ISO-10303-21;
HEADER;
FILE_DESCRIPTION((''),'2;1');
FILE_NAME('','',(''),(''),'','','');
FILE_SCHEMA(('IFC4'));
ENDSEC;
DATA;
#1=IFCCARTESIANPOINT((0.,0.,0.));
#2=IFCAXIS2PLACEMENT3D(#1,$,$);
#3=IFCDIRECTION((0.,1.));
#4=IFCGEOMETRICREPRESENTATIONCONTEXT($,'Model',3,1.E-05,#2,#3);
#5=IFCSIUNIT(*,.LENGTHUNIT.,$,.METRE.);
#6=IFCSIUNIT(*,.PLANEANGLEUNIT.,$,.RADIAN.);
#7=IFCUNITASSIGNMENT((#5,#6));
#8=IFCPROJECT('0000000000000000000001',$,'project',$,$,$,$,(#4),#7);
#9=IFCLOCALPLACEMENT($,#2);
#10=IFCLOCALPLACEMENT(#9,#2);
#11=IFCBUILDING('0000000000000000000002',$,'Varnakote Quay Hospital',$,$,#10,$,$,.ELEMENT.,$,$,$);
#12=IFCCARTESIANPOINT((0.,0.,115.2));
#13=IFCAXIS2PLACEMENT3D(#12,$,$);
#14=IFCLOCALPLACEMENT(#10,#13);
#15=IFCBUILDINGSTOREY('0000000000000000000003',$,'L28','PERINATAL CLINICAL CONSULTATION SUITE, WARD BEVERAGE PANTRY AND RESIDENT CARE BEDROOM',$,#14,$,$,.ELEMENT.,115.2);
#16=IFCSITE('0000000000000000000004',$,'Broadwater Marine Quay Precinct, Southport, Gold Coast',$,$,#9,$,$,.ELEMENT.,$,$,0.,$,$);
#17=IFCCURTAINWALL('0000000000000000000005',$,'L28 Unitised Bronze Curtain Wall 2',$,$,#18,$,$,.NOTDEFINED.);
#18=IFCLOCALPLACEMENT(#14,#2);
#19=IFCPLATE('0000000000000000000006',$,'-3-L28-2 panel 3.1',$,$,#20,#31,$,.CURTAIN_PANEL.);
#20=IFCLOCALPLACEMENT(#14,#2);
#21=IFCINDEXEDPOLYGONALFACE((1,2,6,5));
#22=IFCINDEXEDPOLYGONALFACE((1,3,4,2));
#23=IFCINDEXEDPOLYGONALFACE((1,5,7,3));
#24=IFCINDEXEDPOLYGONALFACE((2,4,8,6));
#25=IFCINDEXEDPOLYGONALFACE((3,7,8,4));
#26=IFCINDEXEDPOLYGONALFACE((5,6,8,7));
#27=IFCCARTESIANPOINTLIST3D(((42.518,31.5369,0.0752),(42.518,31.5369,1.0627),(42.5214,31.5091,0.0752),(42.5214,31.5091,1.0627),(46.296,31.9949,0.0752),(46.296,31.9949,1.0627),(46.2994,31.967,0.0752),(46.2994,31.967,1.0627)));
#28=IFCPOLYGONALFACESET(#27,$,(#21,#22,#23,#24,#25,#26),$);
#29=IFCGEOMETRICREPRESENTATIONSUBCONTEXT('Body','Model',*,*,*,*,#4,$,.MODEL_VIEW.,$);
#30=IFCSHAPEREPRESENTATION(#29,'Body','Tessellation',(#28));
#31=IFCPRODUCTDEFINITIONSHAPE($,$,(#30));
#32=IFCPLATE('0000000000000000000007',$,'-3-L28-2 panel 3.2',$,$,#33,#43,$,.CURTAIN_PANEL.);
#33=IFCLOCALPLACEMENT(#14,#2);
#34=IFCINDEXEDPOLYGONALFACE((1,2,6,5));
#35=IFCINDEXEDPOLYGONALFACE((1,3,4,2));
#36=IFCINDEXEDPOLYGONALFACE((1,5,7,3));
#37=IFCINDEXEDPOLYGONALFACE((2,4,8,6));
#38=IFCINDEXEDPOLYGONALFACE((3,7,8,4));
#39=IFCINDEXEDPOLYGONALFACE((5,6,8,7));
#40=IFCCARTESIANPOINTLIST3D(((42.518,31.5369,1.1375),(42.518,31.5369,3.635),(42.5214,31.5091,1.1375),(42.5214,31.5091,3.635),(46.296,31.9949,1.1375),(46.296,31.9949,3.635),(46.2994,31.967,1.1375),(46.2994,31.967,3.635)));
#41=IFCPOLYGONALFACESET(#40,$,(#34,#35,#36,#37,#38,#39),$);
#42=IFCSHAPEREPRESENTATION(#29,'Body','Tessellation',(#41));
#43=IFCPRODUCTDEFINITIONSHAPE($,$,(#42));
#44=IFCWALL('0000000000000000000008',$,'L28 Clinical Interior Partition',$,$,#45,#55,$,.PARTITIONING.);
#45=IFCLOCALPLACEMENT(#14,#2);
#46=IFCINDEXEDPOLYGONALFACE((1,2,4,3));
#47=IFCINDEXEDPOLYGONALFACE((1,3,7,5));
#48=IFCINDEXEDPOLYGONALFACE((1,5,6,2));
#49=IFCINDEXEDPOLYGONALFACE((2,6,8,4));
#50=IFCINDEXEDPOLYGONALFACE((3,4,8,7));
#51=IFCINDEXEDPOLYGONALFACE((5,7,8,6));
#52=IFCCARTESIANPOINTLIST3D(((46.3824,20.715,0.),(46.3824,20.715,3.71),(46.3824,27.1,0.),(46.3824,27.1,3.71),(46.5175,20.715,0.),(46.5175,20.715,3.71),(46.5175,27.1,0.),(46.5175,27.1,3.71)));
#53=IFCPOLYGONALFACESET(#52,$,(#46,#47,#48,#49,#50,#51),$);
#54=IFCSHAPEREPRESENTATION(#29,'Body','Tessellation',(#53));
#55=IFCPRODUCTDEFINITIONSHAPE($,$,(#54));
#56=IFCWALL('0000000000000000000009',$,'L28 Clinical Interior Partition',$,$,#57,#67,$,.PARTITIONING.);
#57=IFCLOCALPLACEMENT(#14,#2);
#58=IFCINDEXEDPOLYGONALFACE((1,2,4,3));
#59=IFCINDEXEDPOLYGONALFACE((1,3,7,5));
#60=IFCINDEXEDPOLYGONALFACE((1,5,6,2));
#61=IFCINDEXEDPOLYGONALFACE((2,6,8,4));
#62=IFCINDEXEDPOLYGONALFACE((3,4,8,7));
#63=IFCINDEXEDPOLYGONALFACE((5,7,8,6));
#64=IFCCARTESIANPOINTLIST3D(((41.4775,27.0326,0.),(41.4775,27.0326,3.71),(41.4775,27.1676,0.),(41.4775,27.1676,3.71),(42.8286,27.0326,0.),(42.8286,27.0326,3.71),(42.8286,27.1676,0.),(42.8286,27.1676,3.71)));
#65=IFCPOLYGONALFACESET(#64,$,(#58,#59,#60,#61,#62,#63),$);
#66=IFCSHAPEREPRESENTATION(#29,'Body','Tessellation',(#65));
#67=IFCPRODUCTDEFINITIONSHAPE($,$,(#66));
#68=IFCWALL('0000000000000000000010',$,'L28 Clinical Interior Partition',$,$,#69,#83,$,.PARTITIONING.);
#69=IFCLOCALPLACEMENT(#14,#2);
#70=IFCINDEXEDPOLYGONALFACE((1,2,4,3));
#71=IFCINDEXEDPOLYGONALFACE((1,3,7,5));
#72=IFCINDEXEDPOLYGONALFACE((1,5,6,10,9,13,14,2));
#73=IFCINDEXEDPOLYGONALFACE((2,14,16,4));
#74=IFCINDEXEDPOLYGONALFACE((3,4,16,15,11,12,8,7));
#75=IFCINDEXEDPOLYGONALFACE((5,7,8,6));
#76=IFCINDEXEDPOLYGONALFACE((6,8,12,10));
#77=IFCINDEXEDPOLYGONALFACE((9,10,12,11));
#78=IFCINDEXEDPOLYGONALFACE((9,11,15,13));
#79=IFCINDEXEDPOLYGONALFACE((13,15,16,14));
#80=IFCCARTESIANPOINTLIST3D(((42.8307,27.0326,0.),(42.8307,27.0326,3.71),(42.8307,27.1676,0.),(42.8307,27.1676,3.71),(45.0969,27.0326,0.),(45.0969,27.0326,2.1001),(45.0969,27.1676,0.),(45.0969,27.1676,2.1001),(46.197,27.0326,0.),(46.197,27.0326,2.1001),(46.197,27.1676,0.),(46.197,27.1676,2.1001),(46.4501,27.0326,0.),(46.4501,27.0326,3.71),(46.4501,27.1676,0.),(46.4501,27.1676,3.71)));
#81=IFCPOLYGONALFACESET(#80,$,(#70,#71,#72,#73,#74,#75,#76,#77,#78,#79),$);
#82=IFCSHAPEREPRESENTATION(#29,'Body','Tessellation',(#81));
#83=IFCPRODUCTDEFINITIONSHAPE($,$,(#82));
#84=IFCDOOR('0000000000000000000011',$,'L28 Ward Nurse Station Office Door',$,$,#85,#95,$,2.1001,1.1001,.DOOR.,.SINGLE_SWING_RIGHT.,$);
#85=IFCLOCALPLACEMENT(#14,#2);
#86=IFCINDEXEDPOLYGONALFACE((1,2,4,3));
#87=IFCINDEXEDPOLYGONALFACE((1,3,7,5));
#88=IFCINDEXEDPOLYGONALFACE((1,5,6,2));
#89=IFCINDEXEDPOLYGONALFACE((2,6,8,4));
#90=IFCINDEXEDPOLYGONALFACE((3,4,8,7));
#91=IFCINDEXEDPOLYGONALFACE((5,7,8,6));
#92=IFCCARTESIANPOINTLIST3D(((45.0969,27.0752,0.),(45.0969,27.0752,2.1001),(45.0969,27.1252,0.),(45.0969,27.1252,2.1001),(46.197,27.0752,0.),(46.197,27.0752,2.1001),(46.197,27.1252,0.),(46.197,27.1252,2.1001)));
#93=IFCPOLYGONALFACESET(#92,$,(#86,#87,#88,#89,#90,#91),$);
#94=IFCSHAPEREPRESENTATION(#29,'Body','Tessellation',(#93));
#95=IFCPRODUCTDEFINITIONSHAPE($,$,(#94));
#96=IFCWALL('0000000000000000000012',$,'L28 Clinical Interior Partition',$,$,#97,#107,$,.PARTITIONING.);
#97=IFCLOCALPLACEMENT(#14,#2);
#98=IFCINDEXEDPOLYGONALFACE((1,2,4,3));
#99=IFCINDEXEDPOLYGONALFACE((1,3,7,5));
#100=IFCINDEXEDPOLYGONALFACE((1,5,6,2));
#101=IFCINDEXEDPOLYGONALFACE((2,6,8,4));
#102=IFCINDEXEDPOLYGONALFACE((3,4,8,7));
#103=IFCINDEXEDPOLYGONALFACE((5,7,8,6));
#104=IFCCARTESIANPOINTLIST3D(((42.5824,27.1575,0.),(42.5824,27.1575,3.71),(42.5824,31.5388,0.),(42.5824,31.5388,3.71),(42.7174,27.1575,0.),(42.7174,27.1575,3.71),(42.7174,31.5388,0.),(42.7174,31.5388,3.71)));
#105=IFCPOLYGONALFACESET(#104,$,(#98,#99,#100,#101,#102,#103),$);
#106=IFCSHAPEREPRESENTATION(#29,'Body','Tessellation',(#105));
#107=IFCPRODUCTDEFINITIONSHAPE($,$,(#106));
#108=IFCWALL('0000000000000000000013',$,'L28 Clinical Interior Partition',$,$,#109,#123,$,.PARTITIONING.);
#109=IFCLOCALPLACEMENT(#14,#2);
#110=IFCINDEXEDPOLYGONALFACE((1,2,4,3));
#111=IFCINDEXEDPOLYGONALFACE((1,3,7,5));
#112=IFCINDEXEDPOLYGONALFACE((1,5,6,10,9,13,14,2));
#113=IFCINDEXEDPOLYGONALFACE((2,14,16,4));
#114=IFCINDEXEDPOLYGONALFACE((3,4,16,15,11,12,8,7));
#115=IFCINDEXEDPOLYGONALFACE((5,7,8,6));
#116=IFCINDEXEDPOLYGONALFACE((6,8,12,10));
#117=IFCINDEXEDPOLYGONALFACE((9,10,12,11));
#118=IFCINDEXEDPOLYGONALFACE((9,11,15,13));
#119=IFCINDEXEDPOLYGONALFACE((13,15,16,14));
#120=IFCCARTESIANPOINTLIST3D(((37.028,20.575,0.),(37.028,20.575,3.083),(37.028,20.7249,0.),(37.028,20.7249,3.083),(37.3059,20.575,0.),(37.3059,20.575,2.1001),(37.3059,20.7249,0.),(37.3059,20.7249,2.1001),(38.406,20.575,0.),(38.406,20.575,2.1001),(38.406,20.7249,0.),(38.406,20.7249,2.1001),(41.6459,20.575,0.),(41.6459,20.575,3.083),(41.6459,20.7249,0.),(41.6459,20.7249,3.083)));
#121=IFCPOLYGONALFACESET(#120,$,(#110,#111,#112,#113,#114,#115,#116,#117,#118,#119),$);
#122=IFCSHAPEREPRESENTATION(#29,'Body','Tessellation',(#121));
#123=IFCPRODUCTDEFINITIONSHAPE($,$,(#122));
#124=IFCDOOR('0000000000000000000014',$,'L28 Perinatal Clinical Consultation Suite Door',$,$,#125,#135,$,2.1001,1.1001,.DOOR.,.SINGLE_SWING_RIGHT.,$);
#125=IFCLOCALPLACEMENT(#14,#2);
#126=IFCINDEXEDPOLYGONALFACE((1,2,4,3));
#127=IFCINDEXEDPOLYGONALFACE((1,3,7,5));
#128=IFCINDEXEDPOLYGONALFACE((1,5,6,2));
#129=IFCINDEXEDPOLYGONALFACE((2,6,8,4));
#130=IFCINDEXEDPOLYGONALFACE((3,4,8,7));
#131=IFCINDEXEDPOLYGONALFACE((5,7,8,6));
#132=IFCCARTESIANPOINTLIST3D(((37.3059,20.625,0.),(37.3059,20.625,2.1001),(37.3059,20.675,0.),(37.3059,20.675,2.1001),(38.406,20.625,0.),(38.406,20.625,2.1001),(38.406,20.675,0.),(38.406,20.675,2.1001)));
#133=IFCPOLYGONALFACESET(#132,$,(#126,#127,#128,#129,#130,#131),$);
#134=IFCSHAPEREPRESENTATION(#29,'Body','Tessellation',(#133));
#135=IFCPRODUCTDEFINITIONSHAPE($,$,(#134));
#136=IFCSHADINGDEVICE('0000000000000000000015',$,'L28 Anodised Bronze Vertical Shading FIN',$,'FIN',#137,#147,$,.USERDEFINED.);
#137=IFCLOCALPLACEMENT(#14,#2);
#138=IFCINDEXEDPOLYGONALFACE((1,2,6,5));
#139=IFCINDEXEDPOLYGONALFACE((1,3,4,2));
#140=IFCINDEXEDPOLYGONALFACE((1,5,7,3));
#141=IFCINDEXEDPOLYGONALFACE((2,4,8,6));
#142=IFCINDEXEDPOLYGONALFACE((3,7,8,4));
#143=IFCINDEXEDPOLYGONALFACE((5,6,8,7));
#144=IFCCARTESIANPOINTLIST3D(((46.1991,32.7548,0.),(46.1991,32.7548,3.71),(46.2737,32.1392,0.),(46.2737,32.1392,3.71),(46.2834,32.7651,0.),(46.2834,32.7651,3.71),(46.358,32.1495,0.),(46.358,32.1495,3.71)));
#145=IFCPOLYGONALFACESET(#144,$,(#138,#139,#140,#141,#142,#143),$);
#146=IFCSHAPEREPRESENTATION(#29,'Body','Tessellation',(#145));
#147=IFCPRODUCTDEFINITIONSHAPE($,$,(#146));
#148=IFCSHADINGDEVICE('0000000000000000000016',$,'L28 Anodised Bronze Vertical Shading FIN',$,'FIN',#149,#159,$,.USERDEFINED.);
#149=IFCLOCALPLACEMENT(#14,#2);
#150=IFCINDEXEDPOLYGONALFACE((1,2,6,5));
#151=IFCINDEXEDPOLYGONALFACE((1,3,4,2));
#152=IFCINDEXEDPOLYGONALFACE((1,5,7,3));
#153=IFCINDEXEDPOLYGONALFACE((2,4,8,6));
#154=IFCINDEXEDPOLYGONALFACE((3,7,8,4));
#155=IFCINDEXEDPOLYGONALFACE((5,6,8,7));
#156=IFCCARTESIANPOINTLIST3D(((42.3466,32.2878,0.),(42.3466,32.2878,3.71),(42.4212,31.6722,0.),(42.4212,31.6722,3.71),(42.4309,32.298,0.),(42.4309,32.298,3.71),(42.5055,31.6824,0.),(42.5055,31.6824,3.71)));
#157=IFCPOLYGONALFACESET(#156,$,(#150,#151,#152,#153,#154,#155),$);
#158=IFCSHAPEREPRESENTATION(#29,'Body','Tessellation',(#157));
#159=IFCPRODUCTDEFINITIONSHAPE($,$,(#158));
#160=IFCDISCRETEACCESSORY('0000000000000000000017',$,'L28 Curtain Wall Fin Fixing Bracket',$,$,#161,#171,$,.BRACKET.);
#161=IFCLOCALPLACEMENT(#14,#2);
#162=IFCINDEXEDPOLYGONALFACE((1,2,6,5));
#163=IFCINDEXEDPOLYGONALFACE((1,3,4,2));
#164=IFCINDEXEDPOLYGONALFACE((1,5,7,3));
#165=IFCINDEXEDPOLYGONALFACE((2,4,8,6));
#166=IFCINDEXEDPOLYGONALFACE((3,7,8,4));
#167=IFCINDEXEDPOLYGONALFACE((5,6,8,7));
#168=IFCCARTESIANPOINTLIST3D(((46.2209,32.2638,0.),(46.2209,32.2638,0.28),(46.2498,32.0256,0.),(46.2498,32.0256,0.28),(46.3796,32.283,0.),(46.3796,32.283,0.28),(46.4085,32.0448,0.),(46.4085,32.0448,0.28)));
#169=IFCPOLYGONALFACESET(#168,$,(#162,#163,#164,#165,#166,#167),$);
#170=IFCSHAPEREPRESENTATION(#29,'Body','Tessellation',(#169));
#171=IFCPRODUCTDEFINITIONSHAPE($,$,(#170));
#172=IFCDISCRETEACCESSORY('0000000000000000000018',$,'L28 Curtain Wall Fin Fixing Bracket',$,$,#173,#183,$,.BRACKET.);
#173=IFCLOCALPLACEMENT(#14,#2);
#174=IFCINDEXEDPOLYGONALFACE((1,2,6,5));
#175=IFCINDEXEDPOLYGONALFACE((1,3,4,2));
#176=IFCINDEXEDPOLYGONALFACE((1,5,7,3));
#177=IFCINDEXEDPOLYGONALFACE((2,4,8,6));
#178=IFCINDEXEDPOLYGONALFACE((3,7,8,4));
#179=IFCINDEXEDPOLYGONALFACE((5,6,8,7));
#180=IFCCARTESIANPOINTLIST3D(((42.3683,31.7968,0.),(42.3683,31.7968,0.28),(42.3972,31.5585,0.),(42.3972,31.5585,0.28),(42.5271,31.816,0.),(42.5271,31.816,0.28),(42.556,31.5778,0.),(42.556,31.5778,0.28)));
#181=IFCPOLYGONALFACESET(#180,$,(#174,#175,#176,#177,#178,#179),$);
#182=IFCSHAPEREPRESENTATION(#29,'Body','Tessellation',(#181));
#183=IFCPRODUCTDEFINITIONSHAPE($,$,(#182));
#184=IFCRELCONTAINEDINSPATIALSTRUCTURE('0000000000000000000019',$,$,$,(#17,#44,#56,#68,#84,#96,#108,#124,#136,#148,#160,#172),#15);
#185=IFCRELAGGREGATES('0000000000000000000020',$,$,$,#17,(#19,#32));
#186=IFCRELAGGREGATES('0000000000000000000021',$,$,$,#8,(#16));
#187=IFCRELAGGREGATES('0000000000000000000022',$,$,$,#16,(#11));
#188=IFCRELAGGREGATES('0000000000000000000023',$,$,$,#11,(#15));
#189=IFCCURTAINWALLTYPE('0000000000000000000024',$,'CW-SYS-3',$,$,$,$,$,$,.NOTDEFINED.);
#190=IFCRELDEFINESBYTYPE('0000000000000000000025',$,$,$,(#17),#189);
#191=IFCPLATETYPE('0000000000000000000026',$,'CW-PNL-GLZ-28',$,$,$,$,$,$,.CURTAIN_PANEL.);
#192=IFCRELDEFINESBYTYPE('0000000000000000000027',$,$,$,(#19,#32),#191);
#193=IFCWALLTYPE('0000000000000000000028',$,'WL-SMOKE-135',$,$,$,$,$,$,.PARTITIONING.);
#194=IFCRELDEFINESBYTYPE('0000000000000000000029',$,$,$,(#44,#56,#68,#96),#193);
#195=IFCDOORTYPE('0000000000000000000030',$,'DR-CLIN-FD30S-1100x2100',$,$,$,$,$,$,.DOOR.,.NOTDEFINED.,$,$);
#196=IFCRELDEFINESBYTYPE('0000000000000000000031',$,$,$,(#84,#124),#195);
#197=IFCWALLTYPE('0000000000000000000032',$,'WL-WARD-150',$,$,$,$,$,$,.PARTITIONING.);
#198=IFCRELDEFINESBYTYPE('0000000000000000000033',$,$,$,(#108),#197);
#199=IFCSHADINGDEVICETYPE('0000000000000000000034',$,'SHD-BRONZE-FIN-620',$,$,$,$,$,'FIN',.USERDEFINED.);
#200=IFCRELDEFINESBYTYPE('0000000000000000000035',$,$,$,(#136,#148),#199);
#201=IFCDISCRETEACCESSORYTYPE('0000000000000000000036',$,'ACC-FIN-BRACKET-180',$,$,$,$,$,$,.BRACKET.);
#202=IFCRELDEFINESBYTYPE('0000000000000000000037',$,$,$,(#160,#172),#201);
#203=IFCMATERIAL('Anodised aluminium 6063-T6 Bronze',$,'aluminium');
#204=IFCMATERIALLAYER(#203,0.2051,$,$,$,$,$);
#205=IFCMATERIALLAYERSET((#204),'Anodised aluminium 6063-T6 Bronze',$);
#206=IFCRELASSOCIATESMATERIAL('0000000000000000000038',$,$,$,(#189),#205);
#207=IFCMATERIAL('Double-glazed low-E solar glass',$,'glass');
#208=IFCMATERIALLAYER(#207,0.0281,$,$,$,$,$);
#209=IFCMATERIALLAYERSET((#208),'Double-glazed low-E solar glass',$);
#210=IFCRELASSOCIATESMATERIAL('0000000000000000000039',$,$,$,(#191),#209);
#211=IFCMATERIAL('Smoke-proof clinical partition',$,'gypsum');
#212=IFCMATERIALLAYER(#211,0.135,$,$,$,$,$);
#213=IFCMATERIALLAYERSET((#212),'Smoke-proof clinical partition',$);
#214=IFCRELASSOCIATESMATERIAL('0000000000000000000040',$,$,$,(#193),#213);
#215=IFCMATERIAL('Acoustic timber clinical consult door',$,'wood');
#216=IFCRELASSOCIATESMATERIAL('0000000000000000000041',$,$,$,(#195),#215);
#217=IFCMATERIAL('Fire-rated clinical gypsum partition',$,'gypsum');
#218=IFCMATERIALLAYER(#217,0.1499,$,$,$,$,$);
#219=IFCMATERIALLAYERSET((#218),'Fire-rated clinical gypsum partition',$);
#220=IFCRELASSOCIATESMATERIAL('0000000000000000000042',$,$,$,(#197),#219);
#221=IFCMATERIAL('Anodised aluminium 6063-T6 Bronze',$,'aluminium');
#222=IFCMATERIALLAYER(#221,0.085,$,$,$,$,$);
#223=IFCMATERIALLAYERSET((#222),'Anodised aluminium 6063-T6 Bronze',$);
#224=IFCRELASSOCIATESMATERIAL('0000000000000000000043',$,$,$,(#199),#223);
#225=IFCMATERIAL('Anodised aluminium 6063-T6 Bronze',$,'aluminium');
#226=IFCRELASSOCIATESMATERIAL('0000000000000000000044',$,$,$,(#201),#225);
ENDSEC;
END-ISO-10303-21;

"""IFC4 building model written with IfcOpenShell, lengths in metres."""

from ifc_helpers import new_model, si_unit, direction, frame, frame_2d, origin, origin_2d, place, context, subcontext, project, spatial, rectangle, extrude, material, layer, layer_set, type_object, element, fill, aggregate, save


model = new_model("IFC4")

# Units and contexts
model_context = context("Model", 3, precision=1e-05, world=origin(), true_north=direction((0.0, 1.0)))
body_context = subcontext(model_context, "Body", "Model", "MODEL_VIEW")
ifc_project = project(units=[si_unit("LENGTHUNIT", "METRE"), si_unit("PLANEANGLEUNIT", "RADIAN")], contexts=[model_context])

# Site, building, storey
site_placement = place(None, origin())
site = spatial("IfcSite", under=ifc_project, at=site_placement, Name="Broadwater Marine Quay Precinct, Southport, Gold Coast", CompositionType="ELEMENT", RefElevation=0.0)
building_placement = place(site_placement, origin())
building = spatial("IfcBuilding", under=site, at=building_placement, Name="Varnakote Quay Hospital", CompositionType="ELEMENT")
storey_placement = place(building_placement, frame((0.0, 0.0, 115.2)))
storey = spatial("IfcBuildingStorey", under=building, at=storey_placement, Name="L28", Description="PERINATAL CLINICAL CONSULTATION SUITE, WARD BEVERAGE PANTRY AND RESIDENT CARE BEDROOM", CompositionType="ELEMENT", Elevation=115.2)

# Curtain wall
ifc_material_1 = material(Name="Anodised aluminium 6063-T6 Bronze", Category="aluminium")
ifc_layer_1 = layer(ifc_material_1, 0.2051)
ifc_layer_set_1 = layer_set([ifc_layer_1], Name="Anodised aluminium 6063-T6 Bronze")
curtain_wall_type = type_object("IfcCurtainWallType", Name="CW-SYS-3", PredefinedType="NOTDEFINED", material=ifc_layer_set_1)
curtain_wall_placement = place(storey_placement, origin())
curtain_wall = element("IfcCurtainWall", 1, at=curtain_wall_placement, inside=storey, type_object=curtain_wall_type, Name="L28 Unitised Bronze Curtain Wall 2", PredefinedType="NOTDEFINED")

# Plates
ifc_material_2 = material(Name="Double-glazed low-E solar glass", Category="glass")
ifc_layer_2 = layer(ifc_material_2, 0.0281)
ifc_layer_set_2 = layer_set([ifc_layer_2], Name="Double-glazed low-E solar glass")
plate_type = type_object("IfcPlateType", Name="CW-PNL-GLZ-28", PredefinedType="CURTAIN_PANEL", material=ifc_layer_set_2)
plate_1_placement = place(storey_placement, frame((44.4087, 31.752, 0.0752), z_axis=(0.0, 0.0, 1.0), x_axis=(-0.992734, -0.120327, 0.0)))
plate_1 = element("IfcPlate", 2, at=plate_1_placement, type_object=plate_type, Name="-3-L28-2 panel 3.1", PredefinedType="CURTAIN_PANEL", context=body_context, shape_type="SweptSolid", body=[
    extrude(rectangle(XDim=3.8057, YDim=0.0281, at=origin_2d()), origin(), (0.0, 0.0, 1.0), 0.9875),
])
plate_2_placement = place(storey_placement, frame((44.4087, 31.752, 1.1375), z_axis=(0.0, 0.0, 1.0), x_axis=(-0.992734, -0.120327, 0.0)))
plate_2 = element("IfcPlate", 3, at=plate_2_placement, type_object=plate_type, Name="-3-L28-2 panel 3.2", PredefinedType="CURTAIN_PANEL", context=body_context, shape_type="SweptSolid", body=[
    extrude(rectangle(XDim=3.8057, YDim=0.0281, at=origin_2d()), origin(), (0.0, 0.0, 1.0), 2.4976),
])
aggregate(curtain_wall, [plate_1, plate_2])

# Walls
ifc_material_3 = material(Name="Smoke-proof clinical partition", Category="gypsum")
ifc_layer_3 = layer(ifc_material_3, 0.135)
ifc_layer_set_3 = layer_set([ifc_layer_3], Name="Smoke-proof clinical partition")
wall_type_1 = type_object("IfcWallType", Name="WL-SMOKE-135", PredefinedType="PARTITIONING", material=ifc_layer_set_3)
wall_1_placement = place(storey_placement, frame((46.45, 20.7151, 0.0), z_axis=(0.0, 0.0, 1.0), x_axis=(0.0, 1.0, 0.0)))
element("IfcWall", 4, at=wall_1_placement, inside=storey, type_object=wall_type_1, Name="L28 Clinical Interior Partition", PredefinedType="PARTITIONING", context=body_context, shape_type="SweptSolid", body=[
    extrude(rectangle(XDim=6.385, YDim=0.135, at=frame_2d((3.1924, 0.0))), origin(), (0.0, 0.0, 1.0), 3.71),
])
wall_2_placement = place(storey_placement, frame((42.8286, 27.1001, 0.0), z_axis=(0.0, 0.0, 1.0), x_axis=(-1.0, 0.0, 0.0)))
element("IfcWall", 5, at=wall_2_placement, inside=storey, type_object=wall_type_1, Name="L28 Clinical Interior Partition", PredefinedType="PARTITIONING", context=body_context, shape_type="SweptSolid", body=[
    extrude(rectangle(XDim=1.3511, YDim=0.135, at=frame_2d((0.6755, 0.0))), origin(), (0.0, 0.0, 1.0), 3.71),
])

# Wall, opening, door
wall_3_placement = place(storey_placement, frame((46.45, 27.1001, 0.0), z_axis=(0.0, 0.0, 1.0), x_axis=(-1.0, 0.0, 0.0)))
wall_3 = element("IfcWall", 6, at=wall_3_placement, inside=storey, type_object=wall_type_1, Name="L28 Clinical Interior Partition", PredefinedType="PARTITIONING", context=body_context, shape_type="SweptSolid", body=[
    extrude(rectangle(XDim=3.6194, YDim=0.135, at=frame_2d((1.8096, 0.0))), origin(), (0.0, 0.0, 1.0), 3.71),
])
opening_1_placement = place(wall_3_placement, frame((0.2529, 0.0, 0.0)))
opening_1 = element("IfcOpeningElement", 7, at=opening_1_placement, cuts=wall_3, PredefinedType="OPENING", context=body_context, shape_type="SweptSolid", body=[
    extrude(rectangle(XDim=1.1001, YDim=2.1001, at=frame_2d((0.55, 1.05))), frame((0.0, 0.0774, 0.0), z_axis=(0.0, -1.0, 0.0), x_axis=(1.0, 0.0, 0.0)), (0.0, 0.0, 1.0), 0.155),
])
ifc_material_4 = material(Name="Acoustic timber clinical consult door", Category="wood")
door_type = type_object("IfcDoorType", Name="DR-CLIN-FD30S-1100x2100", OperationType="NOTDEFINED", PredefinedType="DOOR", material=ifc_material_4)
door_1_placement = place(opening_1_placement, origin())
door_1 = element("IfcDoor", 8, at=door_1_placement, inside=storey, type_object=door_type, Name="L28 Ward Nurse Station Office Door", OperationType="SINGLE_SWING_RIGHT", OverallHeight=2.1001, OverallWidth=1.1001, PredefinedType="DOOR", context=body_context, shape_type="SweptSolid", body=[
    extrude(rectangle(XDim=1.1001, YDim=2.1001, at=frame_2d((0.55, 1.05))), frame((0.0, 0.0249, 0.0), z_axis=(0.0, -1.0, 0.0), x_axis=(1.0, 0.0, 0.0)), (0.0, 0.0, 1.0), 0.05),
])
fill(opening_1, door_1)

# Wall
wall_4_placement = place(storey_placement, frame((42.6499, 27.1575, 0.0), z_axis=(0.0, 0.0, 1.0), x_axis=(0.0, 1.0, 0.0)))
element("IfcWall", 9, at=wall_4_placement, inside=storey, type_object=wall_type_1, Name="L28 Clinical Interior Partition", PredefinedType="PARTITIONING", context=body_context, shape_type="SweptSolid", body=[
    extrude(rectangle(XDim=4.3813, YDim=0.135, at=frame_2d((2.1907, 0.0))), origin(), (0.0, 0.0, 1.0), 3.71),
])

# Wall, opening, door
ifc_material_5 = material(Name="Fire-rated clinical gypsum partition", Category="gypsum")
ifc_layer_4 = layer(ifc_material_5, 0.1499)
ifc_layer_set_4 = layer_set([ifc_layer_4], Name="Fire-rated clinical gypsum partition")
wall_type_2 = type_object("IfcWallType", Name="WL-WARD-150", PredefinedType="PARTITIONING", material=ifc_layer_set_4)
wall_5_placement = place(storey_placement, frame((41.646, 20.6499, 0.0), z_axis=(0.0, 0.0, 1.0), x_axis=(-1.0, 0.0, 0.0)))
wall_5 = element("IfcWall", 10, at=wall_5_placement, inside=storey, type_object=wall_type_2, Name="L28 Clinical Interior Partition", PredefinedType="PARTITIONING", context=body_context, shape_type="SweptSolid", body=[
    extrude(rectangle(XDim=4.6179, YDim=0.1499, at=frame_2d((2.3091, 0.0))), origin(), (0.0, 0.0, 1.0), 3.083),
])
opening_2_placement = place(wall_5_placement, frame((3.24, 0.0, 0.0)))
opening_2 = element("IfcOpeningElement", 11, at=opening_2_placement, cuts=wall_5, PredefinedType="OPENING", context=body_context, shape_type="SweptSolid", body=[
    extrude(rectangle(XDim=1.1001, YDim=2.1001, at=frame_2d((0.55, 1.05))), frame((0.0, 0.085, 0.0), z_axis=(0.0, -1.0, 0.0), x_axis=(1.0, 0.0, 0.0)), (0.0, 0.0, 1.0), 0.1699),
])
door_2_placement = place(opening_2_placement, origin())
door_2 = element("IfcDoor", 12, at=door_2_placement, inside=storey, type_object=door_type, Name="L28 Perinatal Clinical Consultation Suite Door", OperationType="SINGLE_SWING_RIGHT", OverallHeight=2.1001, OverallWidth=1.1001, PredefinedType="DOOR", context=body_context, shape_type="SweptSolid", body=[
    extrude(rectangle(XDim=1.1001, YDim=2.1001, at=frame_2d((0.55, 1.05))), frame((0.0, 0.0249, 0.0), z_axis=(0.0, -1.0, 0.0), x_axis=(1.0, 0.0, 0.0)), (0.0, 0.0, 1.0), 0.05),
])
fill(opening_2, door_2)

# Shading devices
ifc_material_6 = material(Name="Anodised aluminium 6063-T6 Bronze", Category="aluminium")
ifc_layer_5 = layer(ifc_material_6, 0.085)
ifc_layer_set_5 = layer_set([ifc_layer_5], Name="Anodised aluminium 6063-T6 Bronze")
shading_device_type = type_object("IfcShadingDeviceType", Name="SHD-BRONZE-FIN-620", ElementType="FIN", PredefinedType="USERDEFINED", material=ifc_layer_set_5)
for number, where, z_axis, x_axis, name in (
    (13, (46.2786, 32.4521, 0.0), (0.0, 0.0, 1.0), (0.12031, -0.992736, 0.0), "L28 Anodised Bronze Vertical Shading FIN"),
    (14, (42.426, 31.9851, 0.0), (0.0, 0.0, 1.0), (0.12031, -0.992736, 0.0), "L28 Anodised Bronze Vertical Shading FIN"),
):
    element("IfcShadingDevice", number, at=place(storey_placement, frame(where, z_axis=z_axis, x_axis=x_axis)), inside=storey, type_object=shading_device_type, Name=name, ObjectType="FIN", PredefinedType="USERDEFINED", context=body_context, shape_type="SweptSolid", body=[
        extrude(rectangle(XDim=0.6201, YDim=0.085, at=origin_2d()), origin(), (0.0, 0.0, 1.0), 3.71),
    ])

# Discrete accessories
ifc_material_7 = material(Name="Anodised aluminium 6063-T6 Bronze", Category="aluminium")
discrete_accessory_type = type_object("IfcDiscreteAccessoryType", Name="ACC-FIN-BRACKET-180", PredefinedType="BRACKET", material=ifc_material_7)
for number, where, z_axis, x_axis, name in (
    (15, (46.3147, 32.1543, 0.0), (0.0, 0.0, 1.0), (-0.992736, -0.12031, 0.0), "L28 Curtain Wall Fin Fixing Bracket"),
    (16, (42.4622, 31.6873, 0.0), (0.0, 0.0, 1.0), (-0.992736, -0.12031, 0.0), "L28 Curtain Wall Fin Fixing Bracket"),
):
    element("IfcDiscreteAccessory", number, at=place(storey_placement, frame(where, z_axis=z_axis, x_axis=x_axis)), inside=storey, type_object=discrete_accessory_type, Name=name, PredefinedType="BRACKET", context=body_context, shape_type="SweptSolid", body=[
        extrude(rectangle(XDim=0.1599, YDim=0.24, at=origin_2d()), origin(), (0.0, 0.0, 1.0), 0.28),
    ])

save(model, "model.ifc")
